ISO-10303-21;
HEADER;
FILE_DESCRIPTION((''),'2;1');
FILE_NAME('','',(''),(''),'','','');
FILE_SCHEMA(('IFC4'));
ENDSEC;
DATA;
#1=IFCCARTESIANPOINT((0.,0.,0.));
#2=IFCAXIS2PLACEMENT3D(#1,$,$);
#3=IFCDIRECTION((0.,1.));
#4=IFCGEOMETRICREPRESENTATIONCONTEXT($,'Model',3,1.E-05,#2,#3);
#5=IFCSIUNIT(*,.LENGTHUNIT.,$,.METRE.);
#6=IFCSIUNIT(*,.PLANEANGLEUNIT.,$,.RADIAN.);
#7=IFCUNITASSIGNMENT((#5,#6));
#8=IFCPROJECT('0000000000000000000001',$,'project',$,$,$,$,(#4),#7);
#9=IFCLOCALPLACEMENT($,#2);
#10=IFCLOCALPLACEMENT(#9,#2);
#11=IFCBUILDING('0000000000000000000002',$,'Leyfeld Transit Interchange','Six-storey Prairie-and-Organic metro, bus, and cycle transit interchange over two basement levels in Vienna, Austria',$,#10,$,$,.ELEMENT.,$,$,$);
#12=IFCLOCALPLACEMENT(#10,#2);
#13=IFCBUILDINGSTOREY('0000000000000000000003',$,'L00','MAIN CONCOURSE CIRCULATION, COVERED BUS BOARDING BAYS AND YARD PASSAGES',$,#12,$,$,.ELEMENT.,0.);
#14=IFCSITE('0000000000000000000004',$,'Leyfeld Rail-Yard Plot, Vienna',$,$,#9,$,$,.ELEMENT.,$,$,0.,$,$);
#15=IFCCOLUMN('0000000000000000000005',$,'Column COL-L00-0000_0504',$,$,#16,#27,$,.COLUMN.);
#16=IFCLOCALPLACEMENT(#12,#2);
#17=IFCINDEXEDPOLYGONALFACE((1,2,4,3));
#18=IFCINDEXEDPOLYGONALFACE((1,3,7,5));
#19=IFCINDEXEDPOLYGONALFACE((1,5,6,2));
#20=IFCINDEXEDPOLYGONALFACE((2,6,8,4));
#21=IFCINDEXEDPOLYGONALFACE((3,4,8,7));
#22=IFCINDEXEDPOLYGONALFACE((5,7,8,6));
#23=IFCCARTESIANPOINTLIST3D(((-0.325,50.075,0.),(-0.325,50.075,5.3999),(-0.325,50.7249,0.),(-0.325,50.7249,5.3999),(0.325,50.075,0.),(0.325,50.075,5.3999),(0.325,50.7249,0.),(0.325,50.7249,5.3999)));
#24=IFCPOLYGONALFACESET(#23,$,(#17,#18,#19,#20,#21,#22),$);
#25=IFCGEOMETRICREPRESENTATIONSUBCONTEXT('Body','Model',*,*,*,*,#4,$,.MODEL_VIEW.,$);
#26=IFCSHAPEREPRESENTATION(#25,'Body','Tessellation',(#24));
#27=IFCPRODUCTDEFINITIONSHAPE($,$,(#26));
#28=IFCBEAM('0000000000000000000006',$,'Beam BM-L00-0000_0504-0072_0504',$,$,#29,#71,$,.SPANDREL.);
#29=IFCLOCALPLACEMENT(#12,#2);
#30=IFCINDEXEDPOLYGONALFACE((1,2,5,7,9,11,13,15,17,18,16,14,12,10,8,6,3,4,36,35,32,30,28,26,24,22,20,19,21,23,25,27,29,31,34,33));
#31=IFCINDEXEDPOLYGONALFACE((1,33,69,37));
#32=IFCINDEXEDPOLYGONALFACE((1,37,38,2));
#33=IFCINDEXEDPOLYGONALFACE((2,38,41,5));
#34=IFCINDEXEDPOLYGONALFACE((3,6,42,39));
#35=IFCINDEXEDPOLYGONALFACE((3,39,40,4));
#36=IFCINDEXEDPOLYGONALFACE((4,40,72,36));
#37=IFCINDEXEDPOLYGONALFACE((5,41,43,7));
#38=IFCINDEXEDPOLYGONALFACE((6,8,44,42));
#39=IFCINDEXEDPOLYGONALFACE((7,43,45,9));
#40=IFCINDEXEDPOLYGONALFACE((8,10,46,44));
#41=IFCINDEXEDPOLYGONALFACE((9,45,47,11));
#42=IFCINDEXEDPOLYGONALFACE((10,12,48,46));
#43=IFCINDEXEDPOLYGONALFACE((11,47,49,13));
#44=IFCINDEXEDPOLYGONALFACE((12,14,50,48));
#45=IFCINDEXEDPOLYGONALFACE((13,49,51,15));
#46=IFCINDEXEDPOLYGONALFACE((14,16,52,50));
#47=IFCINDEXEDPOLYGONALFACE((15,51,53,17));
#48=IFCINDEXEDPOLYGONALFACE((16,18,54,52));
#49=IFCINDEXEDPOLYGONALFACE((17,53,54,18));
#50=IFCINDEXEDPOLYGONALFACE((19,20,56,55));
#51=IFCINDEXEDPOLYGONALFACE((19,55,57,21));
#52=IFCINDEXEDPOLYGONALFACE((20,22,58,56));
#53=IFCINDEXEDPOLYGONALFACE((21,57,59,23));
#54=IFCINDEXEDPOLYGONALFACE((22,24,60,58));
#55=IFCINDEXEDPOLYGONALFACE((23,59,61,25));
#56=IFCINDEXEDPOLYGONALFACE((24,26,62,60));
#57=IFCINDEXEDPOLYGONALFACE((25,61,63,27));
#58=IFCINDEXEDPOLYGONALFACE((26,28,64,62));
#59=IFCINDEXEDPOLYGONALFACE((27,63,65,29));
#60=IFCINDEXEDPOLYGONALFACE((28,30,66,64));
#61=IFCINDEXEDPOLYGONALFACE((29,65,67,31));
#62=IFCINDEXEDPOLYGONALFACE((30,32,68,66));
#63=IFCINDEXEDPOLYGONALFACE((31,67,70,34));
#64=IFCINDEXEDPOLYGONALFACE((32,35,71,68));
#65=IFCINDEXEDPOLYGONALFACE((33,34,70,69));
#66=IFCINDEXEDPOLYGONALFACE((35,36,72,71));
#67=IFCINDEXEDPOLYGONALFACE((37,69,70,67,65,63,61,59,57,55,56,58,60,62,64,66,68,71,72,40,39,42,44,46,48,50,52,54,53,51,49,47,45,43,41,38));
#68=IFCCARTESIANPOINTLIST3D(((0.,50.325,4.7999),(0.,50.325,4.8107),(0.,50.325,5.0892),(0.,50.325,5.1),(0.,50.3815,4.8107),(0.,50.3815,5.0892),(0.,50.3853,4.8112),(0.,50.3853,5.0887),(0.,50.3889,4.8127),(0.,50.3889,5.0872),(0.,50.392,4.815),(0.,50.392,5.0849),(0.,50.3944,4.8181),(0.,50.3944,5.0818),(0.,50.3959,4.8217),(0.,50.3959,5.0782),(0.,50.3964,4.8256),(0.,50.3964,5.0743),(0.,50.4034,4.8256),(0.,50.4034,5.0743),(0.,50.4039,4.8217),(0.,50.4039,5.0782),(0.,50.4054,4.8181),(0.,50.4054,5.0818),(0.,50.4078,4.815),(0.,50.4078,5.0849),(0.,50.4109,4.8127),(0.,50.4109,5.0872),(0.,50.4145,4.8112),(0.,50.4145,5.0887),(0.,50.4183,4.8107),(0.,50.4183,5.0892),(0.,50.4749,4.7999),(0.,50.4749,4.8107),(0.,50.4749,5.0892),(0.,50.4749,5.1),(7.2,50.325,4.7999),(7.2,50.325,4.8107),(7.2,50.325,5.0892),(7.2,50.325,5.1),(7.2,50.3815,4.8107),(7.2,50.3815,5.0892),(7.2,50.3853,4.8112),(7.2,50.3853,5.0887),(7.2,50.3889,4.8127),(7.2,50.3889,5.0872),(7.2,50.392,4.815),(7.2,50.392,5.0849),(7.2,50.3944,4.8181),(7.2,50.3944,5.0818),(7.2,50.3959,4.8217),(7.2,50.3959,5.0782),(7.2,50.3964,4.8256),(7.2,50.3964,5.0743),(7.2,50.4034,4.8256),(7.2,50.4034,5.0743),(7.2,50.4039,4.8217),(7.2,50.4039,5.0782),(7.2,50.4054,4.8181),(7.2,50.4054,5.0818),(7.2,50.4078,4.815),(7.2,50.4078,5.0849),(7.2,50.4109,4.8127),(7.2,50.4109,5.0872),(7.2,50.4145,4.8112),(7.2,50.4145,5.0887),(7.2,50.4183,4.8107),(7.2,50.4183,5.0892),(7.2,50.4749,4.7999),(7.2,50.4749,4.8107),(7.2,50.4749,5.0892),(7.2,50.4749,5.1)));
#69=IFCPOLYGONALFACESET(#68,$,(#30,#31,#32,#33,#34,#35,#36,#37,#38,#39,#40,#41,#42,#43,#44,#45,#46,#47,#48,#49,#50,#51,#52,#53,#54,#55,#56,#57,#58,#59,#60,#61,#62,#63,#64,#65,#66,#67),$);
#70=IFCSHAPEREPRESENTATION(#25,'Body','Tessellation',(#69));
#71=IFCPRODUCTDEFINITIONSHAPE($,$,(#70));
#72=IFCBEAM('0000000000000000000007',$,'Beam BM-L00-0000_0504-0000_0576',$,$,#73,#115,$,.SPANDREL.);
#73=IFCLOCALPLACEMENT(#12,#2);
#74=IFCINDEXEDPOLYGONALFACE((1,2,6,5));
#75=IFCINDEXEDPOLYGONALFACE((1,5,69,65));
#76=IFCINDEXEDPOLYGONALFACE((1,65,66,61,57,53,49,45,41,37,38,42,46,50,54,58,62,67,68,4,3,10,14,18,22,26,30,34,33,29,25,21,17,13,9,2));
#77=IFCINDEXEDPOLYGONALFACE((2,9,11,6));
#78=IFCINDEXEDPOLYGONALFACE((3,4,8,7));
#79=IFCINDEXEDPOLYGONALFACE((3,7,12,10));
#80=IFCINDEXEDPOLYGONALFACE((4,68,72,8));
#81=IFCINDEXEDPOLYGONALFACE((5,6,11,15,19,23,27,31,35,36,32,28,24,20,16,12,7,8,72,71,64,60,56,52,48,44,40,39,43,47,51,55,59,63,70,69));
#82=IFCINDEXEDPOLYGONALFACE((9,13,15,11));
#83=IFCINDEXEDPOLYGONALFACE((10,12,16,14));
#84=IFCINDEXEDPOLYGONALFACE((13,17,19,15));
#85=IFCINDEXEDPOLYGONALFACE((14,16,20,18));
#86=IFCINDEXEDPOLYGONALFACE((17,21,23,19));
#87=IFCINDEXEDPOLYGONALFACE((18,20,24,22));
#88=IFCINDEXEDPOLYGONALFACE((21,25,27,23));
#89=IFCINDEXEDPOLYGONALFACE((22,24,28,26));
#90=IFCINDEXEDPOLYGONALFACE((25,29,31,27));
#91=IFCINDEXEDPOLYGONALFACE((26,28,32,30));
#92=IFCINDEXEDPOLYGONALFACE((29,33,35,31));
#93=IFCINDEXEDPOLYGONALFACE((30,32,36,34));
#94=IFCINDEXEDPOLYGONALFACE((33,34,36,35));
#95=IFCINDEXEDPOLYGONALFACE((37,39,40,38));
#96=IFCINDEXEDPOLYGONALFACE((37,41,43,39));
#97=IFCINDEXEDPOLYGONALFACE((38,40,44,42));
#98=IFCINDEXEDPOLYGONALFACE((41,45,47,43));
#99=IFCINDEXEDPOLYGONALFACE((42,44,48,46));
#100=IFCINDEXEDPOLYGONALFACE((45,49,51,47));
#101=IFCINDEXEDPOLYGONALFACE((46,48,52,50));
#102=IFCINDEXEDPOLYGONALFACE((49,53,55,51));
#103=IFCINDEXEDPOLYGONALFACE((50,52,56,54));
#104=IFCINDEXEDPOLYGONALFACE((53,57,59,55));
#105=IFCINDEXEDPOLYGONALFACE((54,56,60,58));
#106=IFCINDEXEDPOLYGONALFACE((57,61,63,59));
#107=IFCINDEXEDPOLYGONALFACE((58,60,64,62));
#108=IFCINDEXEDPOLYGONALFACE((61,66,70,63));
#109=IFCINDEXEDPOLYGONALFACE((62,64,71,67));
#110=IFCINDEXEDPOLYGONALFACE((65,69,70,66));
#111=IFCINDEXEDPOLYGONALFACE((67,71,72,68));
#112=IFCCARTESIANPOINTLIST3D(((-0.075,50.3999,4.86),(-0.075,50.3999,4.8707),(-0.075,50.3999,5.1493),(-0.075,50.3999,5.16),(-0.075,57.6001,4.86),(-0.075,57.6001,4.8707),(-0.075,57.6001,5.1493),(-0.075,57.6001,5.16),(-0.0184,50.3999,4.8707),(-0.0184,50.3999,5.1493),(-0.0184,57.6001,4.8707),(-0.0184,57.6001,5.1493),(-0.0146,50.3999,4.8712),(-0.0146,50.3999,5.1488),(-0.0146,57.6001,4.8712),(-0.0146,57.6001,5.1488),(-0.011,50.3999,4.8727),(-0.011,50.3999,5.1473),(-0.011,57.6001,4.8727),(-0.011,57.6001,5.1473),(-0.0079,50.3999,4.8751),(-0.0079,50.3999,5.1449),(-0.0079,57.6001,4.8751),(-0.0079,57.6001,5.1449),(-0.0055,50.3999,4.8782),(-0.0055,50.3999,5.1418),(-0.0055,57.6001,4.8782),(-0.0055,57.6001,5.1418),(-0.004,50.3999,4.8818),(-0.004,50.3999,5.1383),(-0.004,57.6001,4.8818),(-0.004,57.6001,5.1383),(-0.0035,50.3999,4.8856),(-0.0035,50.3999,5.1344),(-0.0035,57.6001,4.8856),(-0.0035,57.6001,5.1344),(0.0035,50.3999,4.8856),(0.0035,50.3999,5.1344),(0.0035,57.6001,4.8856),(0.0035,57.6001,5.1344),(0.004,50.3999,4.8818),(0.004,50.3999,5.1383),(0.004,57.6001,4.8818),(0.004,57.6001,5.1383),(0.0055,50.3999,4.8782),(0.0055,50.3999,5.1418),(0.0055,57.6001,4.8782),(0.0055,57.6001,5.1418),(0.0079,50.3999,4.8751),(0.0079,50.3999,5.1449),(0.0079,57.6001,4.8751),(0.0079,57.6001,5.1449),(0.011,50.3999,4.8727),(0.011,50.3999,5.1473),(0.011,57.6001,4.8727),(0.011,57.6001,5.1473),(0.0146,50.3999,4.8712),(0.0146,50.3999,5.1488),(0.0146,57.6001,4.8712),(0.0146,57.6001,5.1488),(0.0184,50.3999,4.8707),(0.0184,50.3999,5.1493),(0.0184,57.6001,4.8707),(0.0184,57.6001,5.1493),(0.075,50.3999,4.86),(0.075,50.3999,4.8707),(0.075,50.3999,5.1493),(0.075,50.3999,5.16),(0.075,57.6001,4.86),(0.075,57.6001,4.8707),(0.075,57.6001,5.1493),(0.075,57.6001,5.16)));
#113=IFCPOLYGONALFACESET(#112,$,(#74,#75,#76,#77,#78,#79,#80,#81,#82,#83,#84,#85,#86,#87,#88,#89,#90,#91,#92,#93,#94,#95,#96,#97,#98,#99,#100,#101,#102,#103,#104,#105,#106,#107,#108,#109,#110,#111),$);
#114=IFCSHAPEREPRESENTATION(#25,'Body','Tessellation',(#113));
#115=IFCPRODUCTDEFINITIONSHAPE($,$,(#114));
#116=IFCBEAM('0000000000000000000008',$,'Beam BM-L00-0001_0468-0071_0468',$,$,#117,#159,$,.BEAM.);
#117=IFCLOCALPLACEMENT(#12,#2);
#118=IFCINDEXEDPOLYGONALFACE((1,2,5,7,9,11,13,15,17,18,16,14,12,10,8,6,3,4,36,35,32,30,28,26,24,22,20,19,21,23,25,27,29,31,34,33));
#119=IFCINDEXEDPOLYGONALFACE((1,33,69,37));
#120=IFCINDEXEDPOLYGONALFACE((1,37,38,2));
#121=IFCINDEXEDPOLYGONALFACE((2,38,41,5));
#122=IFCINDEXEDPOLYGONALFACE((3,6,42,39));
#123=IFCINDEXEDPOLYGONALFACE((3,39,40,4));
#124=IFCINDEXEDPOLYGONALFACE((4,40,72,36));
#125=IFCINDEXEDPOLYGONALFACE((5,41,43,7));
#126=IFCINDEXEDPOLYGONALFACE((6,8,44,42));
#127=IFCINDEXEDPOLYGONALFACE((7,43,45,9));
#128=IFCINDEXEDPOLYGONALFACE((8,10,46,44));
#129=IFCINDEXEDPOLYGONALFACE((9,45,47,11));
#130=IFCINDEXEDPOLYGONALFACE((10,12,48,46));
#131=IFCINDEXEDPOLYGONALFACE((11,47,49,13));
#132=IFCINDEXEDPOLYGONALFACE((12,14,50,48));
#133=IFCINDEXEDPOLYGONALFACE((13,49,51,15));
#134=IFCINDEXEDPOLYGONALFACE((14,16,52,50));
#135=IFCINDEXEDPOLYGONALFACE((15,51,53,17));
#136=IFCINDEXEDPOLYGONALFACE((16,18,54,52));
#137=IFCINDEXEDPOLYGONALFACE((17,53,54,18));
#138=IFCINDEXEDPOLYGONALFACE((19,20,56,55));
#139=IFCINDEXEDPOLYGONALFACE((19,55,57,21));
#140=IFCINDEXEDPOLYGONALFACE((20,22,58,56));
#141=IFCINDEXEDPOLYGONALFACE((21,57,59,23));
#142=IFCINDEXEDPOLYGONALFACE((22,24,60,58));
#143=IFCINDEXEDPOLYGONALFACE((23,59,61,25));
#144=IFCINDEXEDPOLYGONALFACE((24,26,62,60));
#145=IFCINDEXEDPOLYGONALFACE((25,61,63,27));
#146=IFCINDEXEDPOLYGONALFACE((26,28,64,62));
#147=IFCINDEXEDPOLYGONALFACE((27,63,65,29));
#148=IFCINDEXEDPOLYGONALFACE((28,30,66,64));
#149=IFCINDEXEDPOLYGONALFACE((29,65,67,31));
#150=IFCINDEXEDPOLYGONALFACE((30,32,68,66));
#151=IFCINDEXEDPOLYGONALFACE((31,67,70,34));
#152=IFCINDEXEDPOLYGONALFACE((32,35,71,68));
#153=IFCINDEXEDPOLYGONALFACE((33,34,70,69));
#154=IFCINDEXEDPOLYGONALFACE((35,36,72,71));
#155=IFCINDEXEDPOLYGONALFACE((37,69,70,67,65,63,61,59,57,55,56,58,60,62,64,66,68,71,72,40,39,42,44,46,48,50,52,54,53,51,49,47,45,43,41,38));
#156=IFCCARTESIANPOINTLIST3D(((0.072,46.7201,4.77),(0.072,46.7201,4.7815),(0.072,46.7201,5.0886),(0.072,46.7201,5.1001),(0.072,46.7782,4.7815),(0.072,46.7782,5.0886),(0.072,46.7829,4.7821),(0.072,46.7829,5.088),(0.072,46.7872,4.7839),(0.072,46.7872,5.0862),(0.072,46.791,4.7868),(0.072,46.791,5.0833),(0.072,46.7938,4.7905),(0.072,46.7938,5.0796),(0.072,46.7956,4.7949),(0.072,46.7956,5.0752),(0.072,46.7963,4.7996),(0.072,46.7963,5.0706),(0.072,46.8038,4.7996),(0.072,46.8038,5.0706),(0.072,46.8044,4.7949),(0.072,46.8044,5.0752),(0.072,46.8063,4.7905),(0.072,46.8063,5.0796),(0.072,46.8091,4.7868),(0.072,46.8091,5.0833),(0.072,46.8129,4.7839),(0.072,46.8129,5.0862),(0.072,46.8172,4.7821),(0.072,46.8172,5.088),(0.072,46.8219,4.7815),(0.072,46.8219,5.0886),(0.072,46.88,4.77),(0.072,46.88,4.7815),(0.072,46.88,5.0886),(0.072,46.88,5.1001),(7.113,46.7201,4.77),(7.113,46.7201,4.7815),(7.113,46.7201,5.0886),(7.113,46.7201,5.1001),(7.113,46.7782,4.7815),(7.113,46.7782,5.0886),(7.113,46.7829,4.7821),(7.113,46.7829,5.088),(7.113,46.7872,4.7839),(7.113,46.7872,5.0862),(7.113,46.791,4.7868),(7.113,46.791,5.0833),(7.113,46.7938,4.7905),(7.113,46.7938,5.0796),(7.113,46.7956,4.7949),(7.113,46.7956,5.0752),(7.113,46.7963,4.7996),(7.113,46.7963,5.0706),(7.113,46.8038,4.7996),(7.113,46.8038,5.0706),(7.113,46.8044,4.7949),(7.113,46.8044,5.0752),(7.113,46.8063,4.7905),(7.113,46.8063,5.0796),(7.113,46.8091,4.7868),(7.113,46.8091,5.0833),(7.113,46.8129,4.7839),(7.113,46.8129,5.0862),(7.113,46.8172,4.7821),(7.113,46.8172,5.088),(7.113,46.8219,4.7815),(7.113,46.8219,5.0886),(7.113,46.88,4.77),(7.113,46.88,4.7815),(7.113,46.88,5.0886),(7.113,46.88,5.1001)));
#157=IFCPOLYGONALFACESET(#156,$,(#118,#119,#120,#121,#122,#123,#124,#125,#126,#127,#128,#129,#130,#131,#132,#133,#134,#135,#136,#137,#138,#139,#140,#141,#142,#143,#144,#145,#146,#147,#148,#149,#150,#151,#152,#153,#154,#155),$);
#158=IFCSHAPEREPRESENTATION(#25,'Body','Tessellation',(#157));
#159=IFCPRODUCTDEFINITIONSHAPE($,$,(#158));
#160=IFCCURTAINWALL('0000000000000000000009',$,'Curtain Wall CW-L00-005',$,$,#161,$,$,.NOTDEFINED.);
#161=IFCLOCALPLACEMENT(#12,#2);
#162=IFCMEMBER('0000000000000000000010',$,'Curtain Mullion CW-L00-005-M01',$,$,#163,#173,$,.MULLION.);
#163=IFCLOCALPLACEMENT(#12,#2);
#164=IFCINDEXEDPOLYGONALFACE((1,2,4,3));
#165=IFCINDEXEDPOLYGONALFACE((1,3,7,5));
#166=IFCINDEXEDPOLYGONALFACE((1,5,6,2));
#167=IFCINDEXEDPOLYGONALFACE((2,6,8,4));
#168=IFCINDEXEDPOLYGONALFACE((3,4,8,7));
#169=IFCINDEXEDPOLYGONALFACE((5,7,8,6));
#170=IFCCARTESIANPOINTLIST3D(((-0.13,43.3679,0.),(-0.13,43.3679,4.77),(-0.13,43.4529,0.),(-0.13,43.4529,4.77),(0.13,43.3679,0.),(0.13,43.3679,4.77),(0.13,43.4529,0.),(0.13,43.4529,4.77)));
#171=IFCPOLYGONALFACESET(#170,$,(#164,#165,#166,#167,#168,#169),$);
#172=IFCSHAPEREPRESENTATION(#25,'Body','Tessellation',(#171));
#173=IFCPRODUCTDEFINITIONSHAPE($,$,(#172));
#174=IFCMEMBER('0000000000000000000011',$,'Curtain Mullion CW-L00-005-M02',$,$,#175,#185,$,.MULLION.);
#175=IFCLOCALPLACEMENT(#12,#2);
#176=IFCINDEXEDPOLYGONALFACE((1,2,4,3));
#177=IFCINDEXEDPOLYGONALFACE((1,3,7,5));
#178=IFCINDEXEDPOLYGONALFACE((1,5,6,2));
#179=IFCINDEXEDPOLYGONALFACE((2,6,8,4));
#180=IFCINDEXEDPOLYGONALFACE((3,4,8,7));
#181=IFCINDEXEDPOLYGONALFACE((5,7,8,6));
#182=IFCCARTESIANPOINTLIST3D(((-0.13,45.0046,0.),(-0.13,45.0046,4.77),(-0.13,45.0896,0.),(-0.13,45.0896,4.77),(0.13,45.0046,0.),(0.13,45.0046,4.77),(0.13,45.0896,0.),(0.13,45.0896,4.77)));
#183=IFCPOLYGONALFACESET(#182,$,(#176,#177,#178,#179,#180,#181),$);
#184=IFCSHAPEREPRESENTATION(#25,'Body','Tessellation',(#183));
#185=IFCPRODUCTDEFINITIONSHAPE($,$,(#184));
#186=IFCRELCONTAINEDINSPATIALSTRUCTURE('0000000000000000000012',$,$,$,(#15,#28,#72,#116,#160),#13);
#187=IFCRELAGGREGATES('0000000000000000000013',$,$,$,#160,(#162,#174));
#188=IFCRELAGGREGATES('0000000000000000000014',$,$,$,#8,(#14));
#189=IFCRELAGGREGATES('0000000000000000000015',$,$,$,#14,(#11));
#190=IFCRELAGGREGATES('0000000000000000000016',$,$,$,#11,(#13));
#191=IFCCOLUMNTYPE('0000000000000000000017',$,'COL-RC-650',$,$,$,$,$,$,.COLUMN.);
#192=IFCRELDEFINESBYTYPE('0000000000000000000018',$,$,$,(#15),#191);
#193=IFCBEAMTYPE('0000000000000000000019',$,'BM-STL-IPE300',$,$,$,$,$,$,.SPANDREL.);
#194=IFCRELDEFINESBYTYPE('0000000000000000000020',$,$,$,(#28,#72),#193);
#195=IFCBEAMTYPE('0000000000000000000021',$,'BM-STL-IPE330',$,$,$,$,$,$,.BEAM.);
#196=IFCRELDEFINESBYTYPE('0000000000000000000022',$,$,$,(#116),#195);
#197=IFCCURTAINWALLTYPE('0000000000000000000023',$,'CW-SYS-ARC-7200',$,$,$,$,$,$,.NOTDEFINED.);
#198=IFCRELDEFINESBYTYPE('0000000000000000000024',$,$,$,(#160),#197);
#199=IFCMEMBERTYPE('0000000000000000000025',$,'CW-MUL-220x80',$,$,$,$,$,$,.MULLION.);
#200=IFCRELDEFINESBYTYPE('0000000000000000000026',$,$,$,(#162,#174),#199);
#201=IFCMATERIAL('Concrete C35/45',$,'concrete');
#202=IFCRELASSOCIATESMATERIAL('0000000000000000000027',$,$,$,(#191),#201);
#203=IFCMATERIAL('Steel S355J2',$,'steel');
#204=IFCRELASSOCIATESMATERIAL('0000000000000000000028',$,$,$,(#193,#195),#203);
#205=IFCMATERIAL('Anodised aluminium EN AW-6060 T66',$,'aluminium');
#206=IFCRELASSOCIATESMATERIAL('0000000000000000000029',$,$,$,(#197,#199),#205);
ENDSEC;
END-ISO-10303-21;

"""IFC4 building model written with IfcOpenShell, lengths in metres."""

from ifc_helpers import new_model, si_unit, direction, frame, origin, origin_2d, place, context, subcontext, project, spatial, rectangle, i_section, extrude, material, material_profile, profile_set, type_object, element, aggregate, save


model = new_model("IFC4")

# Units and contexts
model_context = context("Model", 3, precision=1e-05, world=origin(), true_north=direction((0.0, 1.0)))
body_context = subcontext(model_context, "Body", "Model", "MODEL_VIEW")
ifc_project = project(units=[si_unit("LENGTHUNIT", "METRE"), si_unit("PLANEANGLEUNIT", "RADIAN")], contexts=[model_context])

# Site, building, storey
site_placement = place(None, origin())
site = spatial("IfcSite", under=ifc_project, at=site_placement, Name="Leyfeld Rail-Yard Plot, Vienna", CompositionType="ELEMENT", RefElevation=0.0)
building_placement = place(site_placement, origin())
building = spatial("IfcBuilding", under=site, at=building_placement, Name="Leyfeld Transit Interchange", Description="Six-storey Prairie-and-Organic metro, bus, and cycle transit interchange over two basement levels in Vienna, Austria", CompositionType="ELEMENT")
storey_placement = place(building_placement, origin())
storey = spatial("IfcBuildingStorey", under=building, at=storey_placement, Name="L00", Description="MAIN CONCOURSE CIRCULATION, COVERED BUS BOARDING BAYS AND YARD PASSAGES", CompositionType="ELEMENT", Elevation=0.0)

# Column
ifc_material_1 = material(Name="Concrete C35/45", Category="concrete")
ifc_material_profile_1 = material_profile(ifc_material_1, rectangle(XDim=0.6499, YDim=0.6499, at=origin_2d()), Name="RC 650x650")
ifc_profile_set_1 = profile_set([ifc_material_profile_1], Name="Concrete C35/45")
column_type = type_object("IfcColumnType", Name="COL-RC-650", PredefinedType="COLUMN", material=ifc_profile_set_1)
column_placement = place(storey_placement, frame((0.0, 50.3999, 0.0), z_axis=(0.0, 0.0, 1.0), x_axis=(1.0, 0.0, 0.0)))
element("IfcColumn", 1, at=column_placement, inside=storey, type_object=column_type, Name="Column COL-L00-0000_0504", PredefinedType="COLUMN", context=body_context, shape_type="SweptSolid", body=[
    extrude(rectangle(XDim=0.6499, YDim=0.6499, at=origin_2d()), origin(), (0.0, 0.0, 1.0), 5.3999),
])

# Beams
ifc_material_2 = material(Name="Steel S355J2", Category="steel")
ifc_material_profile_2 = material_profile(ifc_material_2, i_section(OverallWidth=0.1499, OverallDepth=0.3, WebThickness=0.0071, FlangeThickness=0.0107, FilletRadius=0.0149, at=origin_2d()), Name="IPE 300")
ifc_profile_set_2 = profile_set([ifc_material_profile_2], Name="Steel S355J2")
beam_type_1 = type_object("IfcBeamType", Name="BM-STL-IPE300", PredefinedType="SPANDREL", material=ifc_profile_set_2)
beam_1_placement = place(storey_placement, frame((0.0, 50.3999, 4.95), z_axis=(1.0, 0.0, 0.0), x_axis=(0.0, 1.0, 0.0)))
element("IfcBeam", 2, at=beam_1_placement, inside=storey, type_object=beam_type_1, Name="Beam BM-L00-0000_0504-0072_0504", PredefinedType="SPANDREL", context=body_context, shape_type="SweptSolid", body=[
    extrude(i_section(OverallWidth=0.1499, OverallDepth=0.3, WebThickness=0.0071, FlangeThickness=0.0107, FilletRadius=0.0149, at=origin_2d()), origin(), (0.0, 0.0, 1.0), 7.2),
])
beam_2_placement = place(storey_placement, frame((0.0, 50.3999, 5.01), z_axis=(0.0, 1.0, 0.0), x_axis=(-1.0, 0.0, 0.0)))
element("IfcBeam", 3, at=beam_2_placement, inside=storey, type_object=beam_type_1, Name="Beam BM-L00-0000_0504-0000_0576", PredefinedType="SPANDREL", context=body_context, shape_type="SweptSolid", body=[
    extrude(i_section(OverallWidth=0.1499, OverallDepth=0.3, WebThickness=0.0071, FlangeThickness=0.0107, FilletRadius=0.0149, at=origin_2d()), origin(), (0.0, 0.0, 1.0), 7.2002),
])
ifc_material_profile_3 = material_profile(ifc_material_2, i_section(OverallWidth=0.1599, OverallDepth=0.3301, WebThickness=0.0076, FlangeThickness=0.0115, FilletRadius=0.0181, at=origin_2d()), Name="IPE 330")
ifc_profile_set_3 = profile_set([ifc_material_profile_3], Name="Steel S355J2")
beam_type_2 = type_object("IfcBeamType", Name="BM-STL-IPE330", PredefinedType="BEAM", material=ifc_profile_set_3)
beam_3_placement = place(storey_placement, frame((0.072, 46.8, 4.9351), z_axis=(1.0, 0.0, 0.0), x_axis=(0.0, 1.0, 0.0)))
element("IfcBeam", 4, at=beam_3_placement, inside=storey, type_object=beam_type_2, Name="Beam BM-L00-0001_0468-0071_0468", PredefinedType="BEAM", context=body_context, shape_type="SweptSolid", body=[
    extrude(i_section(OverallWidth=0.1599, OverallDepth=0.3301, WebThickness=0.0076, FlangeThickness=0.0115, FilletRadius=0.0181, at=origin_2d()), origin(), (0.0, 0.0, 1.0), 7.041),
])

# Curtain wall, members
ifc_material_3 = material(Name="Anodised aluminium EN AW-6060 T66", Category="aluminium")
curtain_wall_type = type_object("IfcCurtainWallType", Name="CW-SYS-ARC-7200", PredefinedType="NOTDEFINED", material=ifc_material_3)
curtain_wall_placement = place(storey_placement, origin())
curtain_wall = element("IfcCurtainWall", 5, at=curtain_wall_placement, inside=storey, type_object=curtain_wall_type, Name="Curtain Wall CW-L00-005", PredefinedType="NOTDEFINED")
ifc_material_profile_4 = material_profile(ifc_material_3, rectangle(XDim=0.085, YDim=0.26, at=origin_2d()), Name="CW-M 85x260")
ifc_profile_set_4 = profile_set([ifc_material_profile_4], Name="Anodised aluminium EN AW-6060 T66")
member_type_1 = type_object("IfcMemberType", Name="CW-MUL-220x80", PredefinedType="MULLION", material=ifc_profile_set_4)
member_1_placement = place(storey_placement, frame((0.0, 43.4104, 0.0), z_axis=(0.0, 0.0, 1.0), x_axis=(0.0, 1.0, 0.0)))
member_1 = element("IfcMember", 6, at=member_1_placement, type_object=member_type_1, Name="Curtain Mullion CW-L00-005-M01", PredefinedType="MULLION", context=body_context, shape_type="SweptSolid", body=[
    extrude(rectangle(XDim=0.085, YDim=0.26, at=origin_2d()), origin(), (0.0, 0.0, 1.0), 4.77),
])
member_2_placement = place(storey_placement, frame((0.0, 45.0471, 0.0), z_axis=(0.0, 0.0, 1.0), x_axis=(0.0, 1.0, 0.0)))
member_2 = element("IfcMember", 7, at=member_2_placement, type_object=member_type_1, Name="Curtain Mullion CW-L00-005-M02", PredefinedType="MULLION", context=body_context, shape_type="SweptSolid", body=[
    extrude(rectangle(XDim=0.085, YDim=0.26, at=origin_2d()), origin(), (0.0, 0.0, 1.0), 4.77),
])
aggregate(curtain_wall, [member_1, member_2])

save(model, "model.ifc")
